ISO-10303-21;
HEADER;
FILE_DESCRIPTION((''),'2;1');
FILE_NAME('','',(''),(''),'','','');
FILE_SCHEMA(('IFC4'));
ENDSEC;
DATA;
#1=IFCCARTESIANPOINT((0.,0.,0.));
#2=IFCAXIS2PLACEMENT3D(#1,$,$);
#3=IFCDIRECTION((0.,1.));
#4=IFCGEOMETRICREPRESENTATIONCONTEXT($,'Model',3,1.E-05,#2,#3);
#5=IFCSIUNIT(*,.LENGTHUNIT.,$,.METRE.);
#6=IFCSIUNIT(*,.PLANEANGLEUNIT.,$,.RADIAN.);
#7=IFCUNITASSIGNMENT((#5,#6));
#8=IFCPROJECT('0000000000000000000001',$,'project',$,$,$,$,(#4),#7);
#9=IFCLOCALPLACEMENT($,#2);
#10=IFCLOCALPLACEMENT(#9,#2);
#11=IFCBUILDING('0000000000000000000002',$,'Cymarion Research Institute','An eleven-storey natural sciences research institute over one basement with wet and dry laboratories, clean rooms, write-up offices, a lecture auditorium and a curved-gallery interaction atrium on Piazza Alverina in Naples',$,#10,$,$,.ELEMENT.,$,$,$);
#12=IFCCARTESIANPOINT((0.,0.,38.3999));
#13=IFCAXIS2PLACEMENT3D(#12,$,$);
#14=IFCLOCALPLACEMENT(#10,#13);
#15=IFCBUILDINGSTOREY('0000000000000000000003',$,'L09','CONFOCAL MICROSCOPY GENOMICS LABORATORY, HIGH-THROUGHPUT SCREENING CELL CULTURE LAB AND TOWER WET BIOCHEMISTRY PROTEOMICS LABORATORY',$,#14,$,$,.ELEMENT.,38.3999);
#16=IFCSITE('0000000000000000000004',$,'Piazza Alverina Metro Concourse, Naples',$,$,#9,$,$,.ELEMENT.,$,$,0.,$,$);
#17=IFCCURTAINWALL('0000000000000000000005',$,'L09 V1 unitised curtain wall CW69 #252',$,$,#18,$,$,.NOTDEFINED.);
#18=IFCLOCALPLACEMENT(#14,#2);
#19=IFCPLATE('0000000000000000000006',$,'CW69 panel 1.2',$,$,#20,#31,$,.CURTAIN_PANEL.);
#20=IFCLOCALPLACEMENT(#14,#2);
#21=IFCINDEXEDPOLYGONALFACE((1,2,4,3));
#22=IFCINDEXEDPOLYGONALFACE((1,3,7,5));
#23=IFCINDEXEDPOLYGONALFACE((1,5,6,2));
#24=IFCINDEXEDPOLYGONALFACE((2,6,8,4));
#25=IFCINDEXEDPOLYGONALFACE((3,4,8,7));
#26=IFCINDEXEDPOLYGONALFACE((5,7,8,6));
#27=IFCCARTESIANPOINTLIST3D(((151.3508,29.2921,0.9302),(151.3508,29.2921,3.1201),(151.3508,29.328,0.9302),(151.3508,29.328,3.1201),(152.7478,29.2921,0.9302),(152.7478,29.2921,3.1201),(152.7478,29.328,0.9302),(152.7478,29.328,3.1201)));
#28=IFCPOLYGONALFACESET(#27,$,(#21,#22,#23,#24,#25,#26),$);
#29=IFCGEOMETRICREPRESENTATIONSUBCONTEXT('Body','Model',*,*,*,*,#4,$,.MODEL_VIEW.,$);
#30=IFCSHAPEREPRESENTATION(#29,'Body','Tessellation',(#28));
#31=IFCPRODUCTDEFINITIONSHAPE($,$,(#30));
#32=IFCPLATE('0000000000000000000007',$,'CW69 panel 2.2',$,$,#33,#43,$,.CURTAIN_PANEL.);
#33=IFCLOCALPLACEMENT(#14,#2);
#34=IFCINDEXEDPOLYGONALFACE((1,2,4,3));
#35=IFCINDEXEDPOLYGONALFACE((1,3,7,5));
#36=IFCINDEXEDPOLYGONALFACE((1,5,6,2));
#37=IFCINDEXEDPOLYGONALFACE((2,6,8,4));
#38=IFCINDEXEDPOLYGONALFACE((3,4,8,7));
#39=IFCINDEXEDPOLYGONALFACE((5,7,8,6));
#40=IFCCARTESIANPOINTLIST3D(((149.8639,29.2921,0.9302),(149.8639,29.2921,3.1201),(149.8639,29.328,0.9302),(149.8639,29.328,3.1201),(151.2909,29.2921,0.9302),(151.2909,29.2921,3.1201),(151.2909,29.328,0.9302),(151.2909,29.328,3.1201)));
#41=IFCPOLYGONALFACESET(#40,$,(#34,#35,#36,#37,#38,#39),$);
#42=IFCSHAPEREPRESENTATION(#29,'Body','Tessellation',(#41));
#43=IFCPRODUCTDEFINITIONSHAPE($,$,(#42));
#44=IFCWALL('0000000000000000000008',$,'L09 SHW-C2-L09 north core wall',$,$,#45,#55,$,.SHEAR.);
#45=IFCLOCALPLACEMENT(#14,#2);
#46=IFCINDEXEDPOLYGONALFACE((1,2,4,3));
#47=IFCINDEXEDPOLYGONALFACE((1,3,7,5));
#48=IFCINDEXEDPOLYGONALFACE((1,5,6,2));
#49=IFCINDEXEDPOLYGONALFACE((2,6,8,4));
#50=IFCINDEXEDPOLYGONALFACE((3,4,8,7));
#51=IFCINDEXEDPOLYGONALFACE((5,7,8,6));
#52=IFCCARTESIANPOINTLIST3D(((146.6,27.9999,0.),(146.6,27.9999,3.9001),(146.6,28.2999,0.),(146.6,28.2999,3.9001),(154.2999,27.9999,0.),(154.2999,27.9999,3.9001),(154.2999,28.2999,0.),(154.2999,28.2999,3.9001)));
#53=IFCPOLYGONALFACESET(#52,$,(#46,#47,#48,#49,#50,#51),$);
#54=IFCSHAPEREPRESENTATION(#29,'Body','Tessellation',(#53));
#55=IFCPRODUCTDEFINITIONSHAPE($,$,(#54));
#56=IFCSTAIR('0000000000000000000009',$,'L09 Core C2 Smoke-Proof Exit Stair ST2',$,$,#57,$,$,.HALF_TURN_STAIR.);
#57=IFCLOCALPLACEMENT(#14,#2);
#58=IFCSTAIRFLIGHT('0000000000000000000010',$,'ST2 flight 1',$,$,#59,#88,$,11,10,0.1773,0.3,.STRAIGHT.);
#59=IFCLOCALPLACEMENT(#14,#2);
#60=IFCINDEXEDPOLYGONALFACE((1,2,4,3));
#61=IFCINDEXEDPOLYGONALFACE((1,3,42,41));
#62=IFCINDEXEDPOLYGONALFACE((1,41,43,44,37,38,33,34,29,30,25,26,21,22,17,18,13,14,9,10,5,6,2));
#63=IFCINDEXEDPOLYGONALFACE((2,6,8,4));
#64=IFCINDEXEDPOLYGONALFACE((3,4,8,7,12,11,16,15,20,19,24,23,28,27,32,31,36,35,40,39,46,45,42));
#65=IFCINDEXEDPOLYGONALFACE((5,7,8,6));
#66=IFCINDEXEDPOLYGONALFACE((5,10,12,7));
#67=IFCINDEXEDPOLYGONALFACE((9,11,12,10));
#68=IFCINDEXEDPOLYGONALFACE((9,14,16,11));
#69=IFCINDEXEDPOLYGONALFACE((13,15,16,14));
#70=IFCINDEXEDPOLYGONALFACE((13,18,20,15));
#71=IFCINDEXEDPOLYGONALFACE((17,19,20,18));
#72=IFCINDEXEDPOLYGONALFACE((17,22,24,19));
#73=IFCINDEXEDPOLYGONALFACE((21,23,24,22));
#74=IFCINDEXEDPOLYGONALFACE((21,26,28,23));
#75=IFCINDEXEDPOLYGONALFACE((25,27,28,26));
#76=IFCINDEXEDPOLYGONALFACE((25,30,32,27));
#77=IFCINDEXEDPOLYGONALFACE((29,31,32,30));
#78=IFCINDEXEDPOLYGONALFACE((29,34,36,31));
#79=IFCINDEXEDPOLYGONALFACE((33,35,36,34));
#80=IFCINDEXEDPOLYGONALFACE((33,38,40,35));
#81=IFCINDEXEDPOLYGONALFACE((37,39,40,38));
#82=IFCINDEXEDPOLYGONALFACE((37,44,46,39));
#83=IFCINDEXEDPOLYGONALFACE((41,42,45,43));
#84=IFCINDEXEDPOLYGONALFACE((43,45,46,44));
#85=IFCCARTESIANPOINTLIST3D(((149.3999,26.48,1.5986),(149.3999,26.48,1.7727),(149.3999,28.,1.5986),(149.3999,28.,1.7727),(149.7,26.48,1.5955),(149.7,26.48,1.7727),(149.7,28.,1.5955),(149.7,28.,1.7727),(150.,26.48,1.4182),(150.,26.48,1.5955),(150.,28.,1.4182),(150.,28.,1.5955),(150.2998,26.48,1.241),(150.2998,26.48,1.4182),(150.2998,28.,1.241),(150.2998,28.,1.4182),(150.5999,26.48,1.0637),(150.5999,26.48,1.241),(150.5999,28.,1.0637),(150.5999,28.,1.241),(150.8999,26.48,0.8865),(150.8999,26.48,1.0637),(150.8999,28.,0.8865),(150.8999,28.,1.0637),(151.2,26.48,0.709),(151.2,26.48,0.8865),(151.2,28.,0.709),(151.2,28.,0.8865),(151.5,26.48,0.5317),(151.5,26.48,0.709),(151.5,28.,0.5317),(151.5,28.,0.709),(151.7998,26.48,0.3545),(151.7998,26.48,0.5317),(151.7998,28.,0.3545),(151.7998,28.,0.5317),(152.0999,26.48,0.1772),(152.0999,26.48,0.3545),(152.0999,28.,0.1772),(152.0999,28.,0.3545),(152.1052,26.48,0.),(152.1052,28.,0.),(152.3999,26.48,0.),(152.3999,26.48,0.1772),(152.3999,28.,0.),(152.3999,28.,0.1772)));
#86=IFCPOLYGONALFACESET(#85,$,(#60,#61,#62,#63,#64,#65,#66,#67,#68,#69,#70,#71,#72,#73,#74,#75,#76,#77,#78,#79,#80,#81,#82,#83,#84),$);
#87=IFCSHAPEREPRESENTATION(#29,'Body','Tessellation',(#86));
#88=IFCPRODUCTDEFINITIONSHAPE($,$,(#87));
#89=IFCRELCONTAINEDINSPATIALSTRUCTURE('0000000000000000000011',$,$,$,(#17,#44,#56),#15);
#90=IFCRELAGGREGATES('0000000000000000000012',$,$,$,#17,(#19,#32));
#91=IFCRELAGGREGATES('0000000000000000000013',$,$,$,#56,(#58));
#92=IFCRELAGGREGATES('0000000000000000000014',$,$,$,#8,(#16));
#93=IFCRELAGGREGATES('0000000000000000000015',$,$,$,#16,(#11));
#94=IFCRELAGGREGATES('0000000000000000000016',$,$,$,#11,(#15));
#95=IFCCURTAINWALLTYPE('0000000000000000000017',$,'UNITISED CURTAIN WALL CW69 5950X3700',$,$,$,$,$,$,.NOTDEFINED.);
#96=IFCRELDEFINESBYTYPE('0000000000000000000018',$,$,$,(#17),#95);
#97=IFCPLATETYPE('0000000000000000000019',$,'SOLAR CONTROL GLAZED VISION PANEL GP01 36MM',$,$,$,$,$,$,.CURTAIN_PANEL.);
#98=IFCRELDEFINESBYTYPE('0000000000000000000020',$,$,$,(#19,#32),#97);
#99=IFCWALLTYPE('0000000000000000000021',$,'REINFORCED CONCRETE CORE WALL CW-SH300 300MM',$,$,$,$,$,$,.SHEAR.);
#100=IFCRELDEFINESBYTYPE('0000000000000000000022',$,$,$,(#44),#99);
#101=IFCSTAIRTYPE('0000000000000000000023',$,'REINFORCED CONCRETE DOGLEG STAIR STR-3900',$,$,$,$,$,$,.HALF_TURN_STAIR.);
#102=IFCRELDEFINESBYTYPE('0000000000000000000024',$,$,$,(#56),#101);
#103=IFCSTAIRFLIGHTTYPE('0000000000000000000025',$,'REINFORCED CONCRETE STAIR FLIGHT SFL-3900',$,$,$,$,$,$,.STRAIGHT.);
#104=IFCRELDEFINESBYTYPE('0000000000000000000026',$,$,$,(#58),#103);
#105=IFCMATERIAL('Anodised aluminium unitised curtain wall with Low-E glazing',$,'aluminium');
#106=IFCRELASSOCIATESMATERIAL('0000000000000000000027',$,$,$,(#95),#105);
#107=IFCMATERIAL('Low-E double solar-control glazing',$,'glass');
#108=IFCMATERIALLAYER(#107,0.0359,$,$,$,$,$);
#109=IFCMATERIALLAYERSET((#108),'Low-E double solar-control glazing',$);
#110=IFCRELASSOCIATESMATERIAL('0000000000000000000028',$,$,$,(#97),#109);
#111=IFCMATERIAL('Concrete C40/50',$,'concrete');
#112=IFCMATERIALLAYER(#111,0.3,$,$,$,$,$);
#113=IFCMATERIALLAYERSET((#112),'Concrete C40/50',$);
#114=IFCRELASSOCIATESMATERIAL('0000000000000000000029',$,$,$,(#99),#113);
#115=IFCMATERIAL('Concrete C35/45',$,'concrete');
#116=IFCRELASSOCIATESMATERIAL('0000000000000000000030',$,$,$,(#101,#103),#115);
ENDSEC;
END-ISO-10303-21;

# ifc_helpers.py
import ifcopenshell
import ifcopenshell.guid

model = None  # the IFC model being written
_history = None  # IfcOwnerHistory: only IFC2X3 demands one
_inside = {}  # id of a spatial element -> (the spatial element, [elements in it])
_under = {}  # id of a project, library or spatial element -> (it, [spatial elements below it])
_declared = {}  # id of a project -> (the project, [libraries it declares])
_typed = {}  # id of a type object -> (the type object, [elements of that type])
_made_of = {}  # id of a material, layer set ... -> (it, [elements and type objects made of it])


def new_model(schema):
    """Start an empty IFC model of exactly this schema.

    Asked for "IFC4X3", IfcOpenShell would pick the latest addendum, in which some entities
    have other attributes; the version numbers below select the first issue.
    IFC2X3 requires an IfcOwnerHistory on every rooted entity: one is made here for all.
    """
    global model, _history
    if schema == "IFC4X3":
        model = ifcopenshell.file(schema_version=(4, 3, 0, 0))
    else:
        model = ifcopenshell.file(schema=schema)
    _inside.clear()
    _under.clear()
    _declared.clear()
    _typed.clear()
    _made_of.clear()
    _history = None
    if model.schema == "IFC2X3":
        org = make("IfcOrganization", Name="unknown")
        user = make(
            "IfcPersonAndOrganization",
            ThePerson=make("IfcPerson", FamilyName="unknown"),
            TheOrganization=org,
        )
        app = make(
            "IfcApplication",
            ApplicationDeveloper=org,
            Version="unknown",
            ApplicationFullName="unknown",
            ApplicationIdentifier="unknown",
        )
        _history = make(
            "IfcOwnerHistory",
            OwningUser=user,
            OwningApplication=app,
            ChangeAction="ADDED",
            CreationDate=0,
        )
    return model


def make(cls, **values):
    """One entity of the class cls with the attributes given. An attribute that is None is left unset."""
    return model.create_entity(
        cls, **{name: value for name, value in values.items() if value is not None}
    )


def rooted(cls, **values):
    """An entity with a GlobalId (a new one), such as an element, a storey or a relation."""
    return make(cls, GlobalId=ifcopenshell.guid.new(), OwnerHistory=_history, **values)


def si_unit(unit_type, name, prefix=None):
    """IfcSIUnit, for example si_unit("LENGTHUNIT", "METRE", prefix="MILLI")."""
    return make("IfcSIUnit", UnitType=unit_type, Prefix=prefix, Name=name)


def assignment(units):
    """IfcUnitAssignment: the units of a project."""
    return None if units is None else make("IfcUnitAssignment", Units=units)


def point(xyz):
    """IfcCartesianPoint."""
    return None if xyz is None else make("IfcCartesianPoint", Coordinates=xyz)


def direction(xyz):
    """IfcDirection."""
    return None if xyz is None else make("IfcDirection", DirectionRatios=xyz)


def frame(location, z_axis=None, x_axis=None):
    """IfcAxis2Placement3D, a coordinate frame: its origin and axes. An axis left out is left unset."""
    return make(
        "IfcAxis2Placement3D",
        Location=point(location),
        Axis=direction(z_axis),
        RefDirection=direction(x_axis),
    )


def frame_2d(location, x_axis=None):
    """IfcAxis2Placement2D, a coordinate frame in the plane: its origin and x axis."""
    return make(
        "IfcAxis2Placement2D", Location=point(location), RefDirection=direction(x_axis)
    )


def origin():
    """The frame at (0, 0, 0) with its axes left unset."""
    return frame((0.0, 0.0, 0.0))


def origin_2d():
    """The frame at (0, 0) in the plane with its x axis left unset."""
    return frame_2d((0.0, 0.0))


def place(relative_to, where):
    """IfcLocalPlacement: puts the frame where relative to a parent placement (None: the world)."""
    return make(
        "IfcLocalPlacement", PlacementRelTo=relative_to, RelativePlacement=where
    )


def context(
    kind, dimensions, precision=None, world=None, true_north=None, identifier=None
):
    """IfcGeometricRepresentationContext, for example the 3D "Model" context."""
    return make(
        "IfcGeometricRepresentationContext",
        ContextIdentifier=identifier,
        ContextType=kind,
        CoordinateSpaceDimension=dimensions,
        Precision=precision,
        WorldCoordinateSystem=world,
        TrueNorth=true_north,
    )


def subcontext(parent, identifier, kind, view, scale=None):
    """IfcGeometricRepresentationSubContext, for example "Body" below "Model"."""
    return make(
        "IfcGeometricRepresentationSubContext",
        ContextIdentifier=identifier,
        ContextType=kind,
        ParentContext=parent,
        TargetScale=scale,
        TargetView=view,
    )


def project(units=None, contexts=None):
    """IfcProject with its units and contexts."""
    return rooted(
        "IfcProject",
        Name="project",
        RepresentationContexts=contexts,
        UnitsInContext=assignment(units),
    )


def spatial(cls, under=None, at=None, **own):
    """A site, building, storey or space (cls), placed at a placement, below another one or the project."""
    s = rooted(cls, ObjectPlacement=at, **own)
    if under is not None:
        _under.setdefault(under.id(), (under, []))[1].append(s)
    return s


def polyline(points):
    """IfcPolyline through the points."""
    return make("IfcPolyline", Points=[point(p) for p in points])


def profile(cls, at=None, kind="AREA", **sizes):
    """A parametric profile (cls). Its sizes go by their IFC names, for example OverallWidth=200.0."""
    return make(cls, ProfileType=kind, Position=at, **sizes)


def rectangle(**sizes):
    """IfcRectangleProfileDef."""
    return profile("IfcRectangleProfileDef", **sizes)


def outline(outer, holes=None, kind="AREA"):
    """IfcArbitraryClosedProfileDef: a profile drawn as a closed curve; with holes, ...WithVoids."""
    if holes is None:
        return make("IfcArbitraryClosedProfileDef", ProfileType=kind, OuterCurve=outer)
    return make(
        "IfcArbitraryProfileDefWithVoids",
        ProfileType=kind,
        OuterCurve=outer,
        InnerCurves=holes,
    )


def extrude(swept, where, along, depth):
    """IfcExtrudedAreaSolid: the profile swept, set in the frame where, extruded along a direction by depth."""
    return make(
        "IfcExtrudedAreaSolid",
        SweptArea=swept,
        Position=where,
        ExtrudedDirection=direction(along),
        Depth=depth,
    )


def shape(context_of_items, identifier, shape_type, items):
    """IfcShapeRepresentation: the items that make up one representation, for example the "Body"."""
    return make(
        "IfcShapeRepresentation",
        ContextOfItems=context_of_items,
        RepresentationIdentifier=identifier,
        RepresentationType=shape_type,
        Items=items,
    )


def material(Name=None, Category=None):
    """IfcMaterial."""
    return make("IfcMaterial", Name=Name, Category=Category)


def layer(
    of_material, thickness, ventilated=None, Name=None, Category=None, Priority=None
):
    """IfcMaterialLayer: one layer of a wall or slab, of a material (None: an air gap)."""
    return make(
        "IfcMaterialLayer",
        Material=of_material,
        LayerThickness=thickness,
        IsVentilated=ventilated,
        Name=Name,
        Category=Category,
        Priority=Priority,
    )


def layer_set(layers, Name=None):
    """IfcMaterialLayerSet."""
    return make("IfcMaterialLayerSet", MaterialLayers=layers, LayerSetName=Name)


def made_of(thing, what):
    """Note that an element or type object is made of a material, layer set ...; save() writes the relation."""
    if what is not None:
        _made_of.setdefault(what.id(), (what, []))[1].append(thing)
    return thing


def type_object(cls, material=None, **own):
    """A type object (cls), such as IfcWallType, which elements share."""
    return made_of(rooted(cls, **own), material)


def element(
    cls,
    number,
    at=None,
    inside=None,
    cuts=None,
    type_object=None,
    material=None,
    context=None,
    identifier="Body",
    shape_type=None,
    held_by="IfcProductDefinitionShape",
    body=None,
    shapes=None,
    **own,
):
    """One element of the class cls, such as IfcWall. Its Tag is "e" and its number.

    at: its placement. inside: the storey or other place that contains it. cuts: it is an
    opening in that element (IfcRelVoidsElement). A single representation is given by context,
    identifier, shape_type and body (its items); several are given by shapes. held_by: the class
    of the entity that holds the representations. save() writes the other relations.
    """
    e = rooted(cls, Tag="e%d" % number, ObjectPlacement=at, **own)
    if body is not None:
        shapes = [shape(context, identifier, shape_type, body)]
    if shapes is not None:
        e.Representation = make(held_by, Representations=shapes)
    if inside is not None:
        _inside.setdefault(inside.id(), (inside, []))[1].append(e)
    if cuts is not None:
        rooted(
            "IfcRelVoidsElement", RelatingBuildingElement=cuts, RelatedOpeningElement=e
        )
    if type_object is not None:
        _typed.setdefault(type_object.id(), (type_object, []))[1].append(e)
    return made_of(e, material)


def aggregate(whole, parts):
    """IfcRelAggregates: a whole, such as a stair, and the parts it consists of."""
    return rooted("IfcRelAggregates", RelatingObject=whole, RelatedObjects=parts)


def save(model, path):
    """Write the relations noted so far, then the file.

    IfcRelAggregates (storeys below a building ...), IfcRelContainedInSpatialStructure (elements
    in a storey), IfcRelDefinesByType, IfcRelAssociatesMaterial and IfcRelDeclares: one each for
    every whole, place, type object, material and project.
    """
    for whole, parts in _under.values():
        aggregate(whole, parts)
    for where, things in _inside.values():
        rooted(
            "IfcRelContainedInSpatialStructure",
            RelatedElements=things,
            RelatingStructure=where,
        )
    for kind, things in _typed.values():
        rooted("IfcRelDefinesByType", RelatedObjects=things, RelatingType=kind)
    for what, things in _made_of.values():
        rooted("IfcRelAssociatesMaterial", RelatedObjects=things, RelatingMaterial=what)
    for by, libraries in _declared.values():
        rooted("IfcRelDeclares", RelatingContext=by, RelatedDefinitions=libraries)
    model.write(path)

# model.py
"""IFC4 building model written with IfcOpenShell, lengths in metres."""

from ifc_helpers import new_model, si_unit, direction, frame, frame_2d, origin, origin_2d, place, context, subcontext, project, spatial, polyline, rectangle, outline, extrude, material, layer, layer_set, type_object, element, aggregate, save


model = new_model("IFC4")

# Units and contexts
model_context = context("Model", 3, precision=1e-05, world=origin(), true_north=direction((0.0, 1.0)))
body_context = subcontext(model_context, "Body", "Model", "MODEL_VIEW")
ifc_project = project(units=[si_unit("LENGTHUNIT", "METRE"), si_unit("PLANEANGLEUNIT", "RADIAN")], contexts=[model_context])

# Site, building, storey
site_placement = place(None, origin())
site = spatial("IfcSite", under=ifc_project, at=site_placement, Name="Piazza Alverina Metro Concourse, Naples", CompositionType="ELEMENT", RefElevation=0.0)
building_placement = place(site_placement, origin())
building = spatial("IfcBuilding", under=site, at=building_placement, Name="Cymarion Research Institute", Description="An eleven-storey natural sciences research institute over one basement with wet and dry laboratories, clean rooms, write-up offices, a lecture auditorium and a curved-gallery interaction atrium on Piazza Alverina in Naples", CompositionType="ELEMENT")
storey_placement = place(building_placement, frame((0.0, 0.0, 38.3999)))
storey = spatial("IfcBuildingStorey", under=building, at=storey_placement, Name="L09", Description="CONFOCAL MICROSCOPY GENOMICS LABORATORY, HIGH-THROUGHPUT SCREENING CELL CULTURE LAB AND TOWER WET BIOCHEMISTRY PROTEOMICS LABORATORY", CompositionType="ELEMENT", Elevation=38.3999)

# Curtain wall
ifc_material_1 = material(Name="Anodised aluminium unitised curtain wall with Low-E glazing", Category="aluminium")
curtain_wall_type = type_object("IfcCurtainWallType", Name="UNITISED CURTAIN WALL CW69 5950X3700", PredefinedType="NOTDEFINED", material=ifc_material_1)
curtain_wall_placement = place(storey_placement, origin())
curtain_wall = element("IfcCurtainWall", 1, at=curtain_wall_placement, inside=storey, type_object=curtain_wall_type, Name="L09 V1 unitised curtain wall CW69 #252", PredefinedType="NOTDEFINED")

# Plates
ifc_material_2 = material(Name="Low-E double solar-control glazing", Category="glass")
ifc_layer_1 = layer(ifc_material_2, 0.0359)
ifc_layer_set_1 = layer_set([ifc_layer_1], Name="Low-E double solar-control glazing")
plate_type_1 = type_object("IfcPlateType", Name="SOLAR CONTROL GLAZED VISION PANEL GP01 36MM", PredefinedType="CURTAIN_PANEL", material=ifc_layer_set_1)
plate_1_placement = place(storey_placement, frame((152.0493, 29.3101, 0.9302), z_axis=(0.0, 0.0, 1.0), x_axis=(-1.0, 0.0, 0.0)))
plate_1 = element("IfcPlate", 2, at=plate_1_placement, type_object=plate_type_1, Name="CW69 panel 1.2", PredefinedType="CURTAIN_PANEL", context=body_context, shape_type="SweptSolid", body=[
    extrude(rectangle(XDim=1.397, YDim=0.0359, at=origin_2d()), origin(), (0.0, 0.0, 1.0), 2.1899),
])
plate_2_placement = place(storey_placement, frame((150.5774, 29.3101, 0.9302), z_axis=(0.0, 0.0, 1.0), x_axis=(-1.0, 0.0, 0.0)))
plate_2 = element("IfcPlate", 3, at=plate_2_placement, type_object=plate_type_1, Name="CW69 panel 2.2", PredefinedType="CURTAIN_PANEL", context=body_context, shape_type="SweptSolid", body=[
    extrude(rectangle(XDim=1.427, YDim=0.0359, at=origin_2d()), origin(), (0.0, 0.0, 1.0), 2.1899),
])
aggregate(curtain_wall, [plate_1, plate_2])

# Wall
ifc_material_3 = material(Name="Concrete C40/50", Category="concrete")
ifc_layer_2 = layer(ifc_material_3, 0.3)
ifc_layer_set_2 = layer_set([ifc_layer_2], Name="Concrete C40/50")
wall_type = type_object("IfcWallType", Name="REINFORCED CONCRETE CORE WALL CW-SH300 300MM", PredefinedType="SHEAR", material=ifc_layer_set_2)
wall_1_placement = place(storey_placement, frame((154.3, 28.1499, 0.0), z_axis=(0.0, 0.0, 1.0), x_axis=(-1.0, 0.0, 0.0)))
element("IfcWall", 4, at=wall_1_placement, inside=storey, type_object=wall_type, Name="L09 SHW-C2-L09 north core wall", PredefinedType="SHEAR", context=body_context, shape_type="SweptSolid", body=[
    extrude(rectangle(XDim=7.7, YDim=0.3, at=frame_2d((3.8501, 0.0))), origin(), (0.0, 0.0, 1.0), 3.9001),
])

# Stair, stair flight
ifc_material_4 = material(Name="Concrete C35/45", Category="concrete")
stair_type = type_object("IfcStairType", Name="REINFORCED CONCRETE DOGLEG STAIR STR-3900", PredefinedType="HALF_TURN_STAIR", material=ifc_material_4)
stair_placement = place(storey_placement, origin())
stair = element("IfcStair", 5, at=stair_placement, inside=storey, type_object=stair_type, Name="L09 Core C2 Smoke-Proof Exit Stair ST2", PredefinedType="HALF_TURN_STAIR")
stair_flight_type = type_object("IfcStairFlightType", Name="REINFORCED CONCRETE STAIR FLIGHT SFL-3900", PredefinedType="STRAIGHT", material=ifc_material_4)
stair_flight_placement = place(storey_placement, frame((152.3999, 27.24, 0.0), z_axis=(0.0, 0.0, 1.0), x_axis=(-1.0, 0.0, 0.0)))
stair_flight = element("IfcStairFlight", 6, at=stair_flight_placement, type_object=stair_flight_type, Name="ST2 flight 1", NumberOfRisers=11, NumberOfTreads=10, PredefinedType="STRAIGHT", RiserHeight=0.1773, TreadLength=0.3, context=body_context, shape_type="SweptSolid", body=[
    extrude(outline(polyline([(0.0, 0.0), (0.0, 0.1772), (0.3, 0.1772), (0.3, 0.3545), (0.6001, 0.3545), (0.6001, 0.5317), (0.8999, 0.5317), (0.8999, 0.709), (1.2, 0.709), (1.2, 0.8865), (1.5, 0.8865), (1.5, 1.0637), (1.8, 1.0637), (1.8, 1.241), (2.1001, 1.241), (2.1001, 1.4182), (2.3999, 1.4182), (2.3999, 1.5955), (2.7, 1.5955), (2.7, 1.7727), (3.0, 1.7727), (3.0, 1.95), (3.0, 1.5986), (0.2947, 0.0), (0.0, 0.0)])), frame((0.0, 0.76, 0.0), z_axis=(0.0, -1.0, 0.0), x_axis=(1.0, 0.0, 0.0)), (0.0, 0.0, 1.0), 1.52),
])
aggregate(stair, [stair_flight])

save(model, "model.ifc")
